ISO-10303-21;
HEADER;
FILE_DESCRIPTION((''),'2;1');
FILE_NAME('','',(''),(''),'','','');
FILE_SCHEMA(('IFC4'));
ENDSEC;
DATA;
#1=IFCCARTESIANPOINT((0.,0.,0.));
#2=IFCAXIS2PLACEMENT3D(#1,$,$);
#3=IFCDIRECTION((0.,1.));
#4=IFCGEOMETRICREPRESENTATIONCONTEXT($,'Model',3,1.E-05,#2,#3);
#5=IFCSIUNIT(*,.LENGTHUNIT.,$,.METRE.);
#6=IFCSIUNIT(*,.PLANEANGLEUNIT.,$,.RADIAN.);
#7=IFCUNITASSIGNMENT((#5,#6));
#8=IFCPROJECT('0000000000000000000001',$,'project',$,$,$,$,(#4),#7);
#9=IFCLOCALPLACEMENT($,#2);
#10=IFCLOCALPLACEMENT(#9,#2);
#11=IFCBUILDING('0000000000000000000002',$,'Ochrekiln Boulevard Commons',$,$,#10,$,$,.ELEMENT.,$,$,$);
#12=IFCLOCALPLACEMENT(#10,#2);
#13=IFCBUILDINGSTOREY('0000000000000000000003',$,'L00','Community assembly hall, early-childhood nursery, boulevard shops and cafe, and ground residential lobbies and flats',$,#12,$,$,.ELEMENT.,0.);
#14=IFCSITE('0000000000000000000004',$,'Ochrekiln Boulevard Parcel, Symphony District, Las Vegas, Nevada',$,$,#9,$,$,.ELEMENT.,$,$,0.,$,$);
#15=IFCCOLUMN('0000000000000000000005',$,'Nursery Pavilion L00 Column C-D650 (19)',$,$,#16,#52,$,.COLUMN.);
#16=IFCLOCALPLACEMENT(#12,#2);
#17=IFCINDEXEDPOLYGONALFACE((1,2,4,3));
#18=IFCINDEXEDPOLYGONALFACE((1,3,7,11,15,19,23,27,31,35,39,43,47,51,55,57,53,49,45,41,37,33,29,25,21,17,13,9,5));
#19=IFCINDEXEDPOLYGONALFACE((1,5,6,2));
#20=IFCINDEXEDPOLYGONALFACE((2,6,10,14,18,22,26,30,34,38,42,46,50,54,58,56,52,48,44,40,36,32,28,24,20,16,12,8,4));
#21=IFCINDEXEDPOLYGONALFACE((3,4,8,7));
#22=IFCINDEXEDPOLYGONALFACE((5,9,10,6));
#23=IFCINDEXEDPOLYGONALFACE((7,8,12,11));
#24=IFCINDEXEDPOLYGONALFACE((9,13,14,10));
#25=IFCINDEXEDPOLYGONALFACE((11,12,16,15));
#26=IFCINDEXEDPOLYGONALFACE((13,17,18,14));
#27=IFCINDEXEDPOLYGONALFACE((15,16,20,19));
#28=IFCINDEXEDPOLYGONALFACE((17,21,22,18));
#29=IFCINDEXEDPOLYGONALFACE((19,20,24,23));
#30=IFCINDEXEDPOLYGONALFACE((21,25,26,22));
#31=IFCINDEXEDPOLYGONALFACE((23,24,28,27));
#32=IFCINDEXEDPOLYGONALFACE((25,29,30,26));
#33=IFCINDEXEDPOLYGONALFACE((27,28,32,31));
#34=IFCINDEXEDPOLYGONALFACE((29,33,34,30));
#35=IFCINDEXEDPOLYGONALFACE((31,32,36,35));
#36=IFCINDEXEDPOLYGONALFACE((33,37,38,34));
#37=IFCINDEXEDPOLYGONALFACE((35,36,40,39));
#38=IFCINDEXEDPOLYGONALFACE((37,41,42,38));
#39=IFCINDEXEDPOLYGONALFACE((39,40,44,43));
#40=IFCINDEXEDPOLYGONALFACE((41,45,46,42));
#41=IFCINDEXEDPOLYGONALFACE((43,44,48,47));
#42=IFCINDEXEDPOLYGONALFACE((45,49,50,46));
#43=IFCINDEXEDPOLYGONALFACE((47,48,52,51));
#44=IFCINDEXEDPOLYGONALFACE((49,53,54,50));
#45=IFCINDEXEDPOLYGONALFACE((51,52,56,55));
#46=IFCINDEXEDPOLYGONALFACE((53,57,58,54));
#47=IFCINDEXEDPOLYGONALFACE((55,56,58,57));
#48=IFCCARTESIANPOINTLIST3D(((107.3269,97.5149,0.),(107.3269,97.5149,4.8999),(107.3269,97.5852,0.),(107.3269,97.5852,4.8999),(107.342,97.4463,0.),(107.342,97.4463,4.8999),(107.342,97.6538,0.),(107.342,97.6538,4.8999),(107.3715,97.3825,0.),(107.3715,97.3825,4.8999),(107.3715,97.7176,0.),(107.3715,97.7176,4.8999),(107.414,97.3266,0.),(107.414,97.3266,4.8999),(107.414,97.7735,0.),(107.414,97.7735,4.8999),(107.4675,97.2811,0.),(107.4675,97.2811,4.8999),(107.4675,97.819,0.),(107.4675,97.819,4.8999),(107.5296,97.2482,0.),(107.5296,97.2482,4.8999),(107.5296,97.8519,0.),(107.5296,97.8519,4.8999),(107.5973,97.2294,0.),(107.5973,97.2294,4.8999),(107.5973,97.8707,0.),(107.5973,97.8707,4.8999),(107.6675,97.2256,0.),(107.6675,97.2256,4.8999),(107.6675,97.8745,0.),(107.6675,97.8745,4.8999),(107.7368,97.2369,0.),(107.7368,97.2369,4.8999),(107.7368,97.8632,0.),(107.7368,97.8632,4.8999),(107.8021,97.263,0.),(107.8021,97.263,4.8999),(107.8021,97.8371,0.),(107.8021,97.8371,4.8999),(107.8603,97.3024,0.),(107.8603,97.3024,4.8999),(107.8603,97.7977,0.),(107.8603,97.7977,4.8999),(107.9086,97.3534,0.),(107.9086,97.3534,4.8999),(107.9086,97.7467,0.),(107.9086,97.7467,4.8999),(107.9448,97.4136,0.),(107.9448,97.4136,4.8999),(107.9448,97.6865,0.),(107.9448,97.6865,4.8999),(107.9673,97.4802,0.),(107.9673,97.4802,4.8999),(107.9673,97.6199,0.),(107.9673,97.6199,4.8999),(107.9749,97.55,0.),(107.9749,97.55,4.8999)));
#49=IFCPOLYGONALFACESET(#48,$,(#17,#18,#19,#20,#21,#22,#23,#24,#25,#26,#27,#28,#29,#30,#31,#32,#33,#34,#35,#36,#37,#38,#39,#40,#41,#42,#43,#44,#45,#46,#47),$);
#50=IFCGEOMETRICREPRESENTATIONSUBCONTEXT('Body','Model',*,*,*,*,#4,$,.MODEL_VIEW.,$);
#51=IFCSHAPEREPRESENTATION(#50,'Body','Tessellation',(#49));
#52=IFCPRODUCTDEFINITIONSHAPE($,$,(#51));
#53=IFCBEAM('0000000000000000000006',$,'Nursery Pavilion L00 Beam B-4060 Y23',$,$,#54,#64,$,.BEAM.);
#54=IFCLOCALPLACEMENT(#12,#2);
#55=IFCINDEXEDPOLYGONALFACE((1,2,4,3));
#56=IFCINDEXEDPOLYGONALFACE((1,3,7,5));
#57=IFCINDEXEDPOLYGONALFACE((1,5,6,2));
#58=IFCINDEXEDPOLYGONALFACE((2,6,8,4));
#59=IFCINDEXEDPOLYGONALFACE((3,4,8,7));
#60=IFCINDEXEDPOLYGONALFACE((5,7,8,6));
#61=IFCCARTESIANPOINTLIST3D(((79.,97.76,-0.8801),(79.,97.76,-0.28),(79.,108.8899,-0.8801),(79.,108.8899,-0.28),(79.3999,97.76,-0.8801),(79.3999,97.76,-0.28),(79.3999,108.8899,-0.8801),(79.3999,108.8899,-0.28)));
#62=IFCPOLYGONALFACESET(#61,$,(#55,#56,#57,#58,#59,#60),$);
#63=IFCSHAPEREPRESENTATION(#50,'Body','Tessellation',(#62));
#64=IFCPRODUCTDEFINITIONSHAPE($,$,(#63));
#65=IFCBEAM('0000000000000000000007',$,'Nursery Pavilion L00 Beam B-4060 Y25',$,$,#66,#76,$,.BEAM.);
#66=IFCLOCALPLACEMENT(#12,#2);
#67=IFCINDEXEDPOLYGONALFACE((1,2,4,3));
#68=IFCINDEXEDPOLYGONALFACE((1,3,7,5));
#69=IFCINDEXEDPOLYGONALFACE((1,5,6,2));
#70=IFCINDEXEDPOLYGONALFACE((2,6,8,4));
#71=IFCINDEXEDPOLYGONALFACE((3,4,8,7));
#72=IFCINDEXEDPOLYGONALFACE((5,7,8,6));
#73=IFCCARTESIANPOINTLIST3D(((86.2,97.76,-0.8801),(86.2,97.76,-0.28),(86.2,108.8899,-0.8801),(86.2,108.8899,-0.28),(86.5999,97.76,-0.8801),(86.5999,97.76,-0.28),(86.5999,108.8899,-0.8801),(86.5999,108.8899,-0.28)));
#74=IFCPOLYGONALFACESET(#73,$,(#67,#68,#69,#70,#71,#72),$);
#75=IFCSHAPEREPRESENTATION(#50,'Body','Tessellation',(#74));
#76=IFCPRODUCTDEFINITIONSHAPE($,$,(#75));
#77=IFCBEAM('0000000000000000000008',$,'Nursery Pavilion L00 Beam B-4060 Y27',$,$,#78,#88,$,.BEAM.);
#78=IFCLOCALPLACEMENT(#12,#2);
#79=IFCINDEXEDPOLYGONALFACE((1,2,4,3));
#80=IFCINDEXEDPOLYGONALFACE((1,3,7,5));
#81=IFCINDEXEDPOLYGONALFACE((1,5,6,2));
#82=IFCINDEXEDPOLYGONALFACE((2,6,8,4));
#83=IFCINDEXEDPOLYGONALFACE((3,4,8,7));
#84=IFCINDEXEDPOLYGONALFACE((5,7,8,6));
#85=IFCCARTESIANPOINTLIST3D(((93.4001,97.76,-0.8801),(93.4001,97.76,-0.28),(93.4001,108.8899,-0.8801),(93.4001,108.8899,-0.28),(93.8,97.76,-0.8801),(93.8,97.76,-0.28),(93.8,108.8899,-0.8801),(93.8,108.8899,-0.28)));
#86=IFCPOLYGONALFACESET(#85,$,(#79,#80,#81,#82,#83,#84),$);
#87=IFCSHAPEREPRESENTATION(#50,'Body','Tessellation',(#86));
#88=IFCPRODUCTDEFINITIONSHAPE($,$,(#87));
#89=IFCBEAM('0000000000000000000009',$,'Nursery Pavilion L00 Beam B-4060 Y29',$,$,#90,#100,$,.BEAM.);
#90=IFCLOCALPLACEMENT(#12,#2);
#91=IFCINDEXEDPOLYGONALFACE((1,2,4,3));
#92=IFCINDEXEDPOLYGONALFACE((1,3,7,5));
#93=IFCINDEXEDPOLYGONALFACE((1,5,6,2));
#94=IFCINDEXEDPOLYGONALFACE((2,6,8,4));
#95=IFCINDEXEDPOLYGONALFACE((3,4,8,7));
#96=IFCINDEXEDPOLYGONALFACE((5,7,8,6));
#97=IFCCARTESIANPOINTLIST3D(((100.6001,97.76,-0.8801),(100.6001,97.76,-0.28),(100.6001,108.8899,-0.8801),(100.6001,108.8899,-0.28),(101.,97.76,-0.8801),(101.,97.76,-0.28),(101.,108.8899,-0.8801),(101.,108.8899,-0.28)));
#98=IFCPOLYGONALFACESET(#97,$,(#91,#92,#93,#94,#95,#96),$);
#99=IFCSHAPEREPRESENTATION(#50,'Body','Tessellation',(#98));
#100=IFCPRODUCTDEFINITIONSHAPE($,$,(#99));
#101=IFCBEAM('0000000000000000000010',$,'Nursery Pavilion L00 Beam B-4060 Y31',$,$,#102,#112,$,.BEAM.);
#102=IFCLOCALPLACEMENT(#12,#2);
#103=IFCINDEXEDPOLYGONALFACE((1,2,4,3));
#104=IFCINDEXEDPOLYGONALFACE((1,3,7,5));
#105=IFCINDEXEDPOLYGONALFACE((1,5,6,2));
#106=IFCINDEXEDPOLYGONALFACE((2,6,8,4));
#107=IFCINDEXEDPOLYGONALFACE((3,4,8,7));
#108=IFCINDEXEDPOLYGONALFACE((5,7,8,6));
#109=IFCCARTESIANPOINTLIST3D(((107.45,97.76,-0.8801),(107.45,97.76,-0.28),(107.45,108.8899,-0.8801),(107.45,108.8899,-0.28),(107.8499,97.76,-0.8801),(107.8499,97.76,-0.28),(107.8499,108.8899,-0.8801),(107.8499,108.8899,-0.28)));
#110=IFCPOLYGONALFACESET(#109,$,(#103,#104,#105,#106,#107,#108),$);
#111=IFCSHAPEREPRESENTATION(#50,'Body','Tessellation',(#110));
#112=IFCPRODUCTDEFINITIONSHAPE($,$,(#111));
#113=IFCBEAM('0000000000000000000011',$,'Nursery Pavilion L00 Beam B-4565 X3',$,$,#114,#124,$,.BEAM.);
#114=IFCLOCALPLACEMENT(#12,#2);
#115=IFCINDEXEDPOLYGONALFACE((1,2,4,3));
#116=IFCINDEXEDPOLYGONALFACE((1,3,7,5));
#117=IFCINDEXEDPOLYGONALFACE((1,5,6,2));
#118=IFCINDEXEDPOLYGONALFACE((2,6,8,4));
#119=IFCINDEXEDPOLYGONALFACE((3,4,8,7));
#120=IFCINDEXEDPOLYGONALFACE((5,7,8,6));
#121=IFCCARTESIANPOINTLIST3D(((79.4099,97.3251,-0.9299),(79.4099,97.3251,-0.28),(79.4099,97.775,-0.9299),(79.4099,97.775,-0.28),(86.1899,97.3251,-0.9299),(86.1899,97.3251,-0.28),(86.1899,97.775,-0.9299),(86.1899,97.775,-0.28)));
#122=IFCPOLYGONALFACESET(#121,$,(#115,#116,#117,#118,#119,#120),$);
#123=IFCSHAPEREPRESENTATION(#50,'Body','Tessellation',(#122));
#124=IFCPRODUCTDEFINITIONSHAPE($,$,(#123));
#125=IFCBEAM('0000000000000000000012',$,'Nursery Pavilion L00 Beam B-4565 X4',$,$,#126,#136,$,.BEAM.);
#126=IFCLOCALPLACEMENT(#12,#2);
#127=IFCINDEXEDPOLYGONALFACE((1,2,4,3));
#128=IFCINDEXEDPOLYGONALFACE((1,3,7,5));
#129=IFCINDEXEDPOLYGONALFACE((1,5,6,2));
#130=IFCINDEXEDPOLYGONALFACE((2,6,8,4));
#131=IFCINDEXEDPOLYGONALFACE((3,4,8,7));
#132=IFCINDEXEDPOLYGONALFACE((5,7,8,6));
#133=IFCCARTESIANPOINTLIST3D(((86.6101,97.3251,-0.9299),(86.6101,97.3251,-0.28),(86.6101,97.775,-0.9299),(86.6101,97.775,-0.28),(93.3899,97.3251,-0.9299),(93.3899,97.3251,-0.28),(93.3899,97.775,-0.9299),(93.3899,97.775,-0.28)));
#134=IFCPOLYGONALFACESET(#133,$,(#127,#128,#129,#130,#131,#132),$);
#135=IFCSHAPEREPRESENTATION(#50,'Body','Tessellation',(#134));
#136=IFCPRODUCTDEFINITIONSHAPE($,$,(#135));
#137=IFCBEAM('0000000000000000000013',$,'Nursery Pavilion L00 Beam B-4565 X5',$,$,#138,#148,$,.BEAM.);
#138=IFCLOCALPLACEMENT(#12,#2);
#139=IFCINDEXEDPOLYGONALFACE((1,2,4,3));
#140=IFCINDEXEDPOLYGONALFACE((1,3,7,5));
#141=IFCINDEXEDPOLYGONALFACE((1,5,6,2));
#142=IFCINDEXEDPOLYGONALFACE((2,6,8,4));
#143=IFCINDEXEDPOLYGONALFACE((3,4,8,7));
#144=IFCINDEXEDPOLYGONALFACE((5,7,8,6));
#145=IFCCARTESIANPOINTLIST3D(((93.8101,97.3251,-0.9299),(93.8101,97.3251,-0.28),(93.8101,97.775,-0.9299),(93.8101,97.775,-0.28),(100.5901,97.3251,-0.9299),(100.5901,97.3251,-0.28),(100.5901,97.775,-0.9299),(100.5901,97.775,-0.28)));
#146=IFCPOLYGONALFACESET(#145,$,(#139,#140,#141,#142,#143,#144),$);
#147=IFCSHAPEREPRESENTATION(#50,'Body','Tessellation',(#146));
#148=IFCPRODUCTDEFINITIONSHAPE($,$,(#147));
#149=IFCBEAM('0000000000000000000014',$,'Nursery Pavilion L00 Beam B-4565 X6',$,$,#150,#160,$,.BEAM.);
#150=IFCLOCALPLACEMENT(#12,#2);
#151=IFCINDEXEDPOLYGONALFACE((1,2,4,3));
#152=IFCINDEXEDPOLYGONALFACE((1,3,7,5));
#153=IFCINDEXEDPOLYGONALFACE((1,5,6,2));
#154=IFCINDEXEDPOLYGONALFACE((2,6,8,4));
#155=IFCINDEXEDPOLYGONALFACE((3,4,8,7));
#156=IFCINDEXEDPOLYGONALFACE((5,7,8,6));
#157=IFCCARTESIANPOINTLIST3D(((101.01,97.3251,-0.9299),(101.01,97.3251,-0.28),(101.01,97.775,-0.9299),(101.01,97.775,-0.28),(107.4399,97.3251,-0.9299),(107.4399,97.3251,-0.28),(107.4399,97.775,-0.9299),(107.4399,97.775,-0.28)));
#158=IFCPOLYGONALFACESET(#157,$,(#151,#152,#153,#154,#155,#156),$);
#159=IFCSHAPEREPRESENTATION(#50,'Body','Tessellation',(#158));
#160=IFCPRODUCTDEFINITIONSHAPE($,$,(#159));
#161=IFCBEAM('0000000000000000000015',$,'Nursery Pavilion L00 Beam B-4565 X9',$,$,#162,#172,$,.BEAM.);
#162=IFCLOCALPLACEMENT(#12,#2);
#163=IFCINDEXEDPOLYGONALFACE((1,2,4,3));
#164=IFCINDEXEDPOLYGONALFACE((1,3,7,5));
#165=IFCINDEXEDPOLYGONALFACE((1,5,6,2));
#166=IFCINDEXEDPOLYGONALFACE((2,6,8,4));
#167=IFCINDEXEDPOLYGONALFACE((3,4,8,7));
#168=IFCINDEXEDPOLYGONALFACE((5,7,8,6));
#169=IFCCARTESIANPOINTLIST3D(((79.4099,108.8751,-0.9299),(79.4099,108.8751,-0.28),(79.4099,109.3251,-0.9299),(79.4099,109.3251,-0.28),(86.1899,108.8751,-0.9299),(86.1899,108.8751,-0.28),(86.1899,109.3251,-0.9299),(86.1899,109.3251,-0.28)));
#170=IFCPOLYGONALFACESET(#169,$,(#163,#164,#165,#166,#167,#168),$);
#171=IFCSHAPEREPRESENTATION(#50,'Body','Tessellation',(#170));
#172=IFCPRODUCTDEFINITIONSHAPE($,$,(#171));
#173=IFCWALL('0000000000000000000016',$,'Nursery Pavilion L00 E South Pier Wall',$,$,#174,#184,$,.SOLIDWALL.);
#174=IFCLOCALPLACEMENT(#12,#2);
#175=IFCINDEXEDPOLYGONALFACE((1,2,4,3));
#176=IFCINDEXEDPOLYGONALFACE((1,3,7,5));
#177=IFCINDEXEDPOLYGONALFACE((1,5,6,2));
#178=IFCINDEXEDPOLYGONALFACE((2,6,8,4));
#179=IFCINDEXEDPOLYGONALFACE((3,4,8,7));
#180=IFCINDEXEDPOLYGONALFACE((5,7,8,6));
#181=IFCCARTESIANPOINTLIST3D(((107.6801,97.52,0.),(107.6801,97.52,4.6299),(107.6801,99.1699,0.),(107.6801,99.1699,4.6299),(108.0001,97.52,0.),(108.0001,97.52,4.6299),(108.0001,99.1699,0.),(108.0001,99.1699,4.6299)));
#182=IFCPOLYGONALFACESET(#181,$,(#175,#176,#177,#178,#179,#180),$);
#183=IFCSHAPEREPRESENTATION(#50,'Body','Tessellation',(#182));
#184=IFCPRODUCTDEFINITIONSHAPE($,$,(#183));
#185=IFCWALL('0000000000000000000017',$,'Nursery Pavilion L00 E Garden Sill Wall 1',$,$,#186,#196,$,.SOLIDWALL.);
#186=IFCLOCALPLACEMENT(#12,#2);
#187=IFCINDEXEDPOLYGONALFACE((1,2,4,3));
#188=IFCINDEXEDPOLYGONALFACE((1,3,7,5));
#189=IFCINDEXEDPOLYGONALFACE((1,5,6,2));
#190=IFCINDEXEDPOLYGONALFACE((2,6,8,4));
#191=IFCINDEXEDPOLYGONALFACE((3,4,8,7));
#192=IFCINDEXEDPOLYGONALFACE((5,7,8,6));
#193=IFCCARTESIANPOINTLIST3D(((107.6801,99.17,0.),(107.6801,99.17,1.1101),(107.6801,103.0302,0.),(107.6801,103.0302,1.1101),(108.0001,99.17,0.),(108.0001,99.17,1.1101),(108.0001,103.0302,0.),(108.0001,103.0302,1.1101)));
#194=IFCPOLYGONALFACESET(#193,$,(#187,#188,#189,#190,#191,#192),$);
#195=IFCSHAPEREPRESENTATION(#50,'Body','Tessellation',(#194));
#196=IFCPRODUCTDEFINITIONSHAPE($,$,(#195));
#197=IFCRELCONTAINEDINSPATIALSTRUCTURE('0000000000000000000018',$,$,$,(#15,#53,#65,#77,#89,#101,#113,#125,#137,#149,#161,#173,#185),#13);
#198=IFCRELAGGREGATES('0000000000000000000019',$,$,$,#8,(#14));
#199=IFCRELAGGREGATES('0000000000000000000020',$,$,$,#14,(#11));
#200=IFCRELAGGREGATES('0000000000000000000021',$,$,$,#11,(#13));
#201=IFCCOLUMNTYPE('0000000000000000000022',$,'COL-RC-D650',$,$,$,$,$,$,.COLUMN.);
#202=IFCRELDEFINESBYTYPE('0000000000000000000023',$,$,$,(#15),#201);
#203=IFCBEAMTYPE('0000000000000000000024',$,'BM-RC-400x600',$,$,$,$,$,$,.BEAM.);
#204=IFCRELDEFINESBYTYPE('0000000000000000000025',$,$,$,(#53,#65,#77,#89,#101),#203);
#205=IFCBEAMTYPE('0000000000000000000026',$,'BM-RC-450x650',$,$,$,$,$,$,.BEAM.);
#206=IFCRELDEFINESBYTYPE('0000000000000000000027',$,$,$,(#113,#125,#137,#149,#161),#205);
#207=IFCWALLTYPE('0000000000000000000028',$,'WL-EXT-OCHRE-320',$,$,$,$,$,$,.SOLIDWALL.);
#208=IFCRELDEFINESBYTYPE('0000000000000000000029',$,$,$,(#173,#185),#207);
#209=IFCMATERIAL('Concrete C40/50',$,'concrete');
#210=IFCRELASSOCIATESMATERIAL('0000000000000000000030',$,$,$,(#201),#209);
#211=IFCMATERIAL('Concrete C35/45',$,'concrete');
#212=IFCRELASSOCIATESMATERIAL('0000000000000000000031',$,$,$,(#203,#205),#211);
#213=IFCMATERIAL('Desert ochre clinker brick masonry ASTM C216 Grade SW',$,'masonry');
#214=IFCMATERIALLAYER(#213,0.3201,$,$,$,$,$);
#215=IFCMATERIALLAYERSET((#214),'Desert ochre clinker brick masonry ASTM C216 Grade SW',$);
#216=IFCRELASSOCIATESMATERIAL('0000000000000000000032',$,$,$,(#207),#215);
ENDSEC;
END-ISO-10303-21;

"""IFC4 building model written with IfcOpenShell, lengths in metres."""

from ifc_helpers import new_model, si_unit, direction, frame, frame_2d, origin, origin_2d, place, context, subcontext, project, spatial, rectangle, circle, extrude, material, layer, layer_set, material_profile, profile_set, type_object, element, save


model = new_model("IFC4")

# Units and contexts
model_context = context("Model", 3, precision=1e-05, world=origin(), true_north=direction((0.0, 1.0)))
body_context = subcontext(model_context, "Body", "Model", "MODEL_VIEW")
ifc_project = project(units=[si_unit("LENGTHUNIT", "METRE"), si_unit("PLANEANGLEUNIT", "RADIAN")], contexts=[model_context])

# Site, building, storey
site_placement = place(None, origin())
site = spatial("IfcSite", under=ifc_project, at=site_placement, Name="Ochrekiln Boulevard Parcel, Symphony District, Las Vegas, Nevada", CompositionType="ELEMENT", RefElevation=0.0)
building_placement = place(site_placement, origin())
building = spatial("IfcBuilding", under=site, at=building_placement, Name="Ochrekiln Boulevard Commons", CompositionType="ELEMENT")
storey_placement = place(building_placement, origin())
storey = spatial("IfcBuildingStorey", under=building, at=storey_placement, Name="L00", Description="Community assembly hall, early-childhood nursery, boulevard shops and cafe, and ground residential lobbies and flats", CompositionType="ELEMENT", Elevation=0.0)

# Column
ifc_material_1 = material(Name="Concrete C40/50", Category="concrete")
ifc_material_profile_1 = material_profile(ifc_material_1, circle(Radius=0.325, at=origin_2d()), Name="RC-COL-D650")
ifc_profile_set_1 = profile_set([ifc_material_profile_1], Name="Concrete C40/50")
column_type = type_object("IfcColumnType", Name="COL-RC-D650", PredefinedType="COLUMN", material=ifc_profile_set_1)
for number, where, z_axis, x_axis, name in (
    (1, (107.6499, 97.55, 0.0), (0.0, 0.0, 1.0), (1.0, 0.0, 0.0), "Nursery Pavilion L00 Column C-D650 (19)"),
):
    element("IfcColumn", number, at=place(storey_placement, frame(where, z_axis=z_axis, x_axis=x_axis)), inside=storey, type_object=column_type, Name=name, PredefinedType="COLUMN", context=body_context, shape_type="SweptSolid", body=[
        extrude(circle(Radius=0.325, at=origin_2d()), origin(), (0.0, 0.0, 1.0), 4.8999),
    ])

# Beams
ifc_material_2 = material(Name="Concrete C35/45", Category="concrete")
ifc_material_profile_2 = material_profile(ifc_material_2, rectangle(XDim=0.3999, YDim=0.6001, at=origin_2d()), Name="RC-BM-400x600")
ifc_profile_set_2 = profile_set([ifc_material_profile_2], Name="Concrete C35/45")
beam_type_1 = type_object("IfcBeamType", Name="BM-RC-400x600", PredefinedType="BEAM", material=ifc_profile_set_2)
for number, where, z_axis, x_axis, name in (
    (2, (79.2, 97.76, -0.5801), (0.0, 1.0, 0.0), (-1.0, 0.0, 0.0), "Nursery Pavilion L00 Beam B-4060 Y23"),
    (3, (86.3999, 97.76, -0.5801), (0.0, 1.0, 0.0), (-1.0, 0.0, 0.0), "Nursery Pavilion L00 Beam B-4060 Y25"),
    (4, (93.6001, 97.76, -0.5801), (0.0, 1.0, 0.0), (-1.0, 0.0, 0.0), "Nursery Pavilion L00 Beam B-4060 Y27"),
    (5, (100.8, 97.76, -0.5801), (0.0, 1.0, 0.0), (-1.0, 0.0, 0.0), "Nursery Pavilion L00 Beam B-4060 Y29"),
    (6, (107.6499, 97.76, -0.5801), (0.0, 1.0, 0.0), (-1.0, 0.0, 0.0), "Nursery Pavilion L00 Beam B-4060 Y31"),
):
    element("IfcBeam", number, at=place(storey_placement, frame(where, z_axis=z_axis, x_axis=x_axis)), inside=storey, type_object=beam_type_1, Name=name, PredefinedType="BEAM", context=body_context, shape_type="SweptSolid", body=[
        extrude(rectangle(XDim=0.3999, YDim=0.6001, at=origin_2d()), origin(), (0.0, 0.0, 1.0), 11.1299),
    ])
ifc_material_profile_3 = material_profile(ifc_material_2, rectangle(XDim=0.45, YDim=0.6499, at=origin_2d()), Name="RC-BM-450x650")
ifc_profile_set_3 = profile_set([ifc_material_profile_3], Name="Concrete C35/45")
beam_type_2 = type_object("IfcBeamType", Name="BM-RC-450x650", PredefinedType="BEAM", material=ifc_profile_set_3)
beam_1_placement = place(storey_placement, frame((79.4099, 97.55, -0.605), z_axis=(1.0, 0.0, 0.0), x_axis=(0.0, 1.0, 0.0)))
element("IfcBeam", 7, at=beam_1_placement, inside=storey, type_object=beam_type_2, Name="Nursery Pavilion L00 Beam B-4565 X3", PredefinedType="BEAM", context=body_context, shape_type="SweptSolid", body=[
    extrude(rectangle(XDim=0.45, YDim=0.6499, at=origin_2d()), origin(), (0.0, 0.0, 1.0), 6.78),
])
beam_2_placement = place(storey_placement, frame((86.6101, 97.55, -0.605), z_axis=(1.0, 0.0, 0.0), x_axis=(0.0, 1.0, 0.0)))
element("IfcBeam", 8, at=beam_2_placement, inside=storey, type_object=beam_type_2, Name="Nursery Pavilion L00 Beam B-4565 X4", PredefinedType="BEAM", context=body_context, shape_type="SweptSolid", body=[
    extrude(rectangle(XDim=0.45, YDim=0.6499, at=origin_2d()), origin(), (0.0, 0.0, 1.0), 6.7798),
])
beam_3_placement = place(storey_placement, frame((93.8101, 97.55, -0.605), z_axis=(1.0, 0.0, 0.0), x_axis=(0.0, 1.0, 0.0)))
element("IfcBeam", 9, at=beam_3_placement, inside=storey, type_object=beam_type_2, Name="Nursery Pavilion L00 Beam B-4565 X5", PredefinedType="BEAM", context=body_context, shape_type="SweptSolid", body=[
    extrude(rectangle(XDim=0.45, YDim=0.6499, at=origin_2d()), origin(), (0.0, 0.0, 1.0), 6.78),
])
beam_4_placement = place(storey_placement, frame((101.01, 97.55, -0.605), z_axis=(1.0, 0.0, 0.0), x_axis=(0.0, 1.0, 0.0)))
element("IfcBeam", 10, at=beam_4_placement, inside=storey, type_object=beam_type_2, Name="Nursery Pavilion L00 Beam B-4565 X6", PredefinedType="BEAM", context=body_context, shape_type="SweptSolid", body=[
    extrude(rectangle(XDim=0.45, YDim=0.6499, at=origin_2d()), origin(), (0.0, 0.0, 1.0), 6.4299),
])
beam_5_placement = place(storey_placement, frame((79.4099, 109.1001, -0.605), z_axis=(1.0, 0.0, 0.0), x_axis=(0.0, 1.0, 0.0)))
element("IfcBeam", 11, at=beam_5_placement, inside=storey, type_object=beam_type_2, Name="Nursery Pavilion L00 Beam B-4565 X9", PredefinedType="BEAM", context=body_context, shape_type="SweptSolid", body=[
    extrude(rectangle(XDim=0.45, YDim=0.6499, at=origin_2d()), origin(), (0.0, 0.0, 1.0), 6.78),
])

# Walls
ifc_material_3 = material(Name="Desert ochre clinker brick masonry ASTM C216 Grade SW", Category="masonry")
ifc_layer_1 = layer(ifc_material_3, 0.3201)
ifc_layer_set_1 = layer_set([ifc_layer_1], Name="Desert ochre clinker brick masonry ASTM C216 Grade SW")
wall_type_1 = type_object("IfcWallType", Name="WL-EXT-OCHRE-320", PredefinedType="SOLIDWALL", material=ifc_layer_set_1)
wall_1_placement = place(storey_placement, frame((107.8401, 97.52, 0.0), z_axis=(0.0, 0.0, 1.0), x_axis=(0.0, 1.0, 0.0)))
element("IfcWall", 12, at=wall_1_placement, inside=storey, type_object=wall_type_1, Name="Nursery Pavilion L00 E South Pier Wall", PredefinedType="SOLIDWALL", context=body_context, shape_type="SweptSolid", body=[
    extrude(rectangle(XDim=1.6499, YDim=0.3201, at=frame_2d((0.825, 0.0))), origin(), (0.0, 0.0, 1.0), 4.6299),
])
wall_2_placement = place(storey_placement, frame((107.8401, 99.1699, 0.0), z_axis=(0.0, 0.0, 1.0), x_axis=(0.0, 1.0, 0.0)))
element("IfcWall", 13, at=wall_2_placement, inside=storey, type_object=wall_type_1, Name="Nursery Pavilion L00 E Garden Sill Wall 1", PredefinedType="SOLIDWALL", context=body_context, shape_type="SweptSolid", body=[
    extrude(rectangle(XDim=3.8601, YDim=0.3201, at=frame_2d((1.9302, 0.0))), origin(), (0.0, 0.0, 1.0), 1.1101),
])

save(model, "model.ifc")
